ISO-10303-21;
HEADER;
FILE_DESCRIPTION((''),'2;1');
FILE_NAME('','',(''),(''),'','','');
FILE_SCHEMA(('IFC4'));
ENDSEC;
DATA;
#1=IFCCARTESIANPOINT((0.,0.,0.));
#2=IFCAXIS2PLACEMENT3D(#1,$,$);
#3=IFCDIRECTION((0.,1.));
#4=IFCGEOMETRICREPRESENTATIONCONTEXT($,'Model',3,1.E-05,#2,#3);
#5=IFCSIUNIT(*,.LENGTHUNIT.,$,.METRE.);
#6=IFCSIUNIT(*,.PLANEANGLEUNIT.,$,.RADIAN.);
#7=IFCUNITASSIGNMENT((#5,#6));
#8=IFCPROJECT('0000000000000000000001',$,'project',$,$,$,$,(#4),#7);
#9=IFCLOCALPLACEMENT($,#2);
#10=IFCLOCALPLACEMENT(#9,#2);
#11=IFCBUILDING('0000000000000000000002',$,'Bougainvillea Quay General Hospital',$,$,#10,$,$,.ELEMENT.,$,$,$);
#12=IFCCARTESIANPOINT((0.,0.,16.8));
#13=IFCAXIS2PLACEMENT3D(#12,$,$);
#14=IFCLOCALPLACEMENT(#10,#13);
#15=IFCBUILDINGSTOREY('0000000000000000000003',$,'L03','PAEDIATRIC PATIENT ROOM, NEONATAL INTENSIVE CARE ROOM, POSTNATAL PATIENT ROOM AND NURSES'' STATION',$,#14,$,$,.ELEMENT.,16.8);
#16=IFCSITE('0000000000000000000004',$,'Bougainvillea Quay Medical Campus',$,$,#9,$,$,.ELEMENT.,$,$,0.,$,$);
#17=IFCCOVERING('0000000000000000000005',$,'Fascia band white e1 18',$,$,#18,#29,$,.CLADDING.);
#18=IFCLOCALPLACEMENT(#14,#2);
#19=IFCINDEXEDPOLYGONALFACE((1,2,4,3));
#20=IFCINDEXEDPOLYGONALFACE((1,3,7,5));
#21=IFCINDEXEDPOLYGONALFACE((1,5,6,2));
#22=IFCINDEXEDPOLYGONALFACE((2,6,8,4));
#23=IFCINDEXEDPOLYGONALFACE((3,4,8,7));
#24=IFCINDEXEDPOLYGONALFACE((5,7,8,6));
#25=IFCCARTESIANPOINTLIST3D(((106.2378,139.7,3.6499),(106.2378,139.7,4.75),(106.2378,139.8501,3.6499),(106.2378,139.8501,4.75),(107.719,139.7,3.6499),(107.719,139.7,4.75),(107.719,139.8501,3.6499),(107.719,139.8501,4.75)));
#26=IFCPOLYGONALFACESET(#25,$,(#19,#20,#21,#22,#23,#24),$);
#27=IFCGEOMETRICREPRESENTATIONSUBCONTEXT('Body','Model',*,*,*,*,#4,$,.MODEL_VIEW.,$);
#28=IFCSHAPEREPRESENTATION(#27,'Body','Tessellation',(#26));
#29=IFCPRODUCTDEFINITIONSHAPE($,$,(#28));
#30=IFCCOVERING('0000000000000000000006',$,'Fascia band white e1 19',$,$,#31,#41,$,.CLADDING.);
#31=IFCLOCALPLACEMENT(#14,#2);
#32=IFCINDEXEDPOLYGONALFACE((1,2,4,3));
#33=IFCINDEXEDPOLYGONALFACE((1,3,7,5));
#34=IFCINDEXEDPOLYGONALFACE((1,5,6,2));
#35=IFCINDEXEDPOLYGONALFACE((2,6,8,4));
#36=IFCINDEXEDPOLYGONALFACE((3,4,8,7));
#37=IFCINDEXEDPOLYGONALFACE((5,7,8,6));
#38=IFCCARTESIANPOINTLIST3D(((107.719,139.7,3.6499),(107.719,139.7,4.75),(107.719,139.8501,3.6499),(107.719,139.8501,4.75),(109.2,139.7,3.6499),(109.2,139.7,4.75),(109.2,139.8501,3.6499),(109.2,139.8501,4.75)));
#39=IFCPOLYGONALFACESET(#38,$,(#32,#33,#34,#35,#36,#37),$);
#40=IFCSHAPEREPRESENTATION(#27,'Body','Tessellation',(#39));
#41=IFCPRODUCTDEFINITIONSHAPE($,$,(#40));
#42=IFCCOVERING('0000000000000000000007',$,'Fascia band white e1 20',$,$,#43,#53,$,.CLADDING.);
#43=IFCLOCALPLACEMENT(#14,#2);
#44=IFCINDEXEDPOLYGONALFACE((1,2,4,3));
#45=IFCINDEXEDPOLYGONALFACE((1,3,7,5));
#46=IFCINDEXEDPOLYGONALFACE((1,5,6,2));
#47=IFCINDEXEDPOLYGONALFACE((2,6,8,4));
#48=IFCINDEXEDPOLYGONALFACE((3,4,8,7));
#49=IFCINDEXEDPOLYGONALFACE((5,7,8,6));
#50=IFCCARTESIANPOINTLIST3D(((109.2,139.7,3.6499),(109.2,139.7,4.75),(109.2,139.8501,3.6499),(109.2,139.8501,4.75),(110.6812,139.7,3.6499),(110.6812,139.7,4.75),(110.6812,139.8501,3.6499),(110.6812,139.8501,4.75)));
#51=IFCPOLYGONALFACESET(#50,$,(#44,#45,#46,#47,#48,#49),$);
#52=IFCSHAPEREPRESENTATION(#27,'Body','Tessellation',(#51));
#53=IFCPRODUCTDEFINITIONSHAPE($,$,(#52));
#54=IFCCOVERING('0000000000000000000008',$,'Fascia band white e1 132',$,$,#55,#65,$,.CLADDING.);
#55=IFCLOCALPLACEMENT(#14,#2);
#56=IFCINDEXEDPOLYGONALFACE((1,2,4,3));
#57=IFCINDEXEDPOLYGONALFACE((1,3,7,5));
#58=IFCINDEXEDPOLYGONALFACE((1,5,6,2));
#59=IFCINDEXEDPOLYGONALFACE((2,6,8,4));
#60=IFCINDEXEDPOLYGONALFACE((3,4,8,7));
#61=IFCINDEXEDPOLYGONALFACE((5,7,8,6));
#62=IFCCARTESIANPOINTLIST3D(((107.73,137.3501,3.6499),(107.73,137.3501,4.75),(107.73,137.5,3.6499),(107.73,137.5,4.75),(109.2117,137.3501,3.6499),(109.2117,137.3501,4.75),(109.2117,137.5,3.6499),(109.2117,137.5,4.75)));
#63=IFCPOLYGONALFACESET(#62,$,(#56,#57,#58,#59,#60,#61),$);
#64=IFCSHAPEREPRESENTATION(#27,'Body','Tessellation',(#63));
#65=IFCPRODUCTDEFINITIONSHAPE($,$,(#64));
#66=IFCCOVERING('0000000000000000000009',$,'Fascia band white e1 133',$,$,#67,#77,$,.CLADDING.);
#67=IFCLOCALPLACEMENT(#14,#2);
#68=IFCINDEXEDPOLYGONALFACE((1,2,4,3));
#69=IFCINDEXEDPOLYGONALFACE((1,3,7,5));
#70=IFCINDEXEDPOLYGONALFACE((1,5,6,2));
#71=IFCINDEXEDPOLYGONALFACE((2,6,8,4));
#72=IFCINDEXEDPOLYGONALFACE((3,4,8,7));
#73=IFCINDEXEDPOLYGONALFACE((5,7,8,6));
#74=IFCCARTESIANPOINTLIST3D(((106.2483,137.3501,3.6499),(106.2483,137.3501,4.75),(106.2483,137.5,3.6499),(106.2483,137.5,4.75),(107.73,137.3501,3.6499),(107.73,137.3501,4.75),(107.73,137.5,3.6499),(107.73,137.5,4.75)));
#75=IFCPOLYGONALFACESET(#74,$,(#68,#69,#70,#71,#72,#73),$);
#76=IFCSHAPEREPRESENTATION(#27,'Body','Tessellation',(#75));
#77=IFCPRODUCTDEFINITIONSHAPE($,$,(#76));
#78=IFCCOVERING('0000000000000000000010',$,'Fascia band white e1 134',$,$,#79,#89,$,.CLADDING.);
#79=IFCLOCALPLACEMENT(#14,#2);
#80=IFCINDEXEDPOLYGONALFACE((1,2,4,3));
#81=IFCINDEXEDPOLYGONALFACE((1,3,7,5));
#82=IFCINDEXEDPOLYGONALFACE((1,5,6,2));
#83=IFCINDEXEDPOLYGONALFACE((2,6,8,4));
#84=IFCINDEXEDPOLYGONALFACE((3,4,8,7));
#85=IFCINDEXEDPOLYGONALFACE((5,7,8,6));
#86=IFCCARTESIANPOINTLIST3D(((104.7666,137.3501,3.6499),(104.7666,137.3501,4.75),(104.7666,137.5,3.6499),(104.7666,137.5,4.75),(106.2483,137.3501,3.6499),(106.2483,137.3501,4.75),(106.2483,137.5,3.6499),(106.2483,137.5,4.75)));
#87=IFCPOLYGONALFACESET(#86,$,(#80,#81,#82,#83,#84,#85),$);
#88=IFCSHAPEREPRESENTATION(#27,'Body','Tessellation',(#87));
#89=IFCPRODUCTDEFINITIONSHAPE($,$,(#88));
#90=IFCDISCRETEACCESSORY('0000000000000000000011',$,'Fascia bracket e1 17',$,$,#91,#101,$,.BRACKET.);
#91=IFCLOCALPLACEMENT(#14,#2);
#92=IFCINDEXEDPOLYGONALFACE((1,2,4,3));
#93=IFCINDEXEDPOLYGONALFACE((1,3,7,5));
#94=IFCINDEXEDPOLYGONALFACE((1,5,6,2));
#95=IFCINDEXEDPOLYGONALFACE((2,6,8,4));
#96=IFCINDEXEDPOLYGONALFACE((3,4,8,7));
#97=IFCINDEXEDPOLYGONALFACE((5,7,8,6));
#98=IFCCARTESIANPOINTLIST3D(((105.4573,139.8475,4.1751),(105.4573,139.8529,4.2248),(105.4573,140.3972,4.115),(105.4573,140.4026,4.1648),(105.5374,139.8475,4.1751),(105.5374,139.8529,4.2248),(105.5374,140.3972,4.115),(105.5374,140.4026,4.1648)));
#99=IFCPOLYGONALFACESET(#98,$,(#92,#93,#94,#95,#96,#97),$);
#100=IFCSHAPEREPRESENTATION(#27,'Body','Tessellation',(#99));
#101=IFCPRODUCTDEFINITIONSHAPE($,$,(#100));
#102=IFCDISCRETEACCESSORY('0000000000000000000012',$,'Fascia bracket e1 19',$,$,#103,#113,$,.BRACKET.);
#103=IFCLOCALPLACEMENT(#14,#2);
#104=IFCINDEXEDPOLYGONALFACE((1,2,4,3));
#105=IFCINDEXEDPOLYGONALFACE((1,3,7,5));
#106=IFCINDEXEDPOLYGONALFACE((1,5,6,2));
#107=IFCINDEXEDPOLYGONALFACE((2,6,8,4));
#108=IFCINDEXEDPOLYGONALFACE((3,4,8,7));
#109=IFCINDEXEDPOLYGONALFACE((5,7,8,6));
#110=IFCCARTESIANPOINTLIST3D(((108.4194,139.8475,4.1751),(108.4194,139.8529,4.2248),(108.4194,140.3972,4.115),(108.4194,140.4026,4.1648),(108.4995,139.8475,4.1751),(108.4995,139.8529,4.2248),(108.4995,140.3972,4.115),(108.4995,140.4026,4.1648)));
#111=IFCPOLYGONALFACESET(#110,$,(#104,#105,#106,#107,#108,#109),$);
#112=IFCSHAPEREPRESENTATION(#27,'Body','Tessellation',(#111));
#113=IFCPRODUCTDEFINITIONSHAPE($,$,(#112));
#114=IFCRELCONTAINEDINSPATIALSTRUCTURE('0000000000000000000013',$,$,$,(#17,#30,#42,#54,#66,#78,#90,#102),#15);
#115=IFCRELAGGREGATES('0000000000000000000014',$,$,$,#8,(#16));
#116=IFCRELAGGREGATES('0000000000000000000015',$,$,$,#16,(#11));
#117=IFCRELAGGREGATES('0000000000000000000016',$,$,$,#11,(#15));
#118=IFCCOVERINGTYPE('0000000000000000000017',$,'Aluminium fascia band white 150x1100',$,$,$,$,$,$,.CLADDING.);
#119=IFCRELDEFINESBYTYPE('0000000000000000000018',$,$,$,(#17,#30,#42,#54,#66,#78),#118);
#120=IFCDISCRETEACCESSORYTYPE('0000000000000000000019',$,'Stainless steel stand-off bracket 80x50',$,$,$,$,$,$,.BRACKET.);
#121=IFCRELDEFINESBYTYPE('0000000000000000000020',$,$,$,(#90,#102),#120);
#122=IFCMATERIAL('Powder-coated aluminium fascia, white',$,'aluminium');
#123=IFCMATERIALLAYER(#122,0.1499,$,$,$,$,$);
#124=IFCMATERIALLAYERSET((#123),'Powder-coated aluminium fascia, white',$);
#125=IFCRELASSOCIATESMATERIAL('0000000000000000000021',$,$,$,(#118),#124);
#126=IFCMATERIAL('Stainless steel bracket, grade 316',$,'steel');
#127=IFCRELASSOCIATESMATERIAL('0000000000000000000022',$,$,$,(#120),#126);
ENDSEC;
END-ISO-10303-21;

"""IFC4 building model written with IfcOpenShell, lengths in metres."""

from ifc_helpers import new_model, si_unit, direction, frame, origin, origin_2d, place, context, subcontext, project, spatial, polyline, rectangle, outline, extrude, material, layer, layer_set, material_profile, profile_set, type_object, element, save


model = new_model("IFC4")

# Units and contexts
model_context = context("Model", 3, precision=1e-05, world=origin(), true_north=direction((0.0, 1.0)))
body_context = subcontext(model_context, "Body", "Model", "MODEL_VIEW")
ifc_project = project(units=[si_unit("LENGTHUNIT", "METRE"), si_unit("PLANEANGLEUNIT", "RADIAN")], contexts=[model_context])

# Site, building, storey
site_placement = place(None, origin())
site = spatial("IfcSite", under=ifc_project, at=site_placement, Name="Bougainvillea Quay Medical Campus", CompositionType="ELEMENT", RefElevation=0.0)
building_placement = place(site_placement, origin())
building = spatial("IfcBuilding", under=site, at=building_placement, Name="Bougainvillea Quay General Hospital", CompositionType="ELEMENT")
storey_placement = place(building_placement, frame((0.0, 0.0, 16.8)))
storey = spatial("IfcBuildingStorey", under=building, at=storey_placement, Name="L03", Description="PAEDIATRIC PATIENT ROOM, NEONATAL INTENSIVE CARE ROOM, POSTNATAL PATIENT ROOM AND NURSES' STATION", CompositionType="ELEMENT", Elevation=16.8)

# Coverings
ifc_material_1 = material(Name="Powder-coated aluminium fascia, white", Category="aluminium")
ifc_layer_1 = layer(ifc_material_1, 0.1499)
ifc_layer_set_1 = layer_set([ifc_layer_1], Name="Powder-coated aluminium fascia, white")
covering_type = type_object("IfcCoveringType", Name="Aluminium fascia band white 150x1100", PredefinedType="CLADDING", material=ifc_layer_set_1)
covering_1_placement = place(storey_placement, frame((106.2378, 139.8501, 3.6499), z_axis=(0.0, 0.0, 1.0), x_axis=(1.0, 0.0, 0.0)))
element("IfcCovering", 1, at=covering_1_placement, inside=storey, type_object=covering_type, Name="Fascia band white e1 18", PredefinedType="CLADDING", context=body_context, shape_type="SweptSolid", body=[
    extrude(outline(polyline([(0.0, 0.0), (1.4812, 0.0), (1.4812, -0.1501), (0.0, -0.1501), (0.0, 0.0)])), origin(), (0.0, 0.0, 1.0), 1.1001),
])
covering_2_placement = place(storey_placement, frame((107.719, 139.8501, 3.6499), z_axis=(0.0, 0.0, 1.0), x_axis=(1.0, 0.0, 0.0)))
element("IfcCovering", 2, at=covering_2_placement, inside=storey, type_object=covering_type, Name="Fascia band white e1 19", PredefinedType="CLADDING", context=body_context, shape_type="SweptSolid", body=[
    extrude(outline(polyline([(0.0, 0.0), (1.481, 0.0), (1.481, -0.1501), (0.0, -0.1501), (0.0, 0.0)])), origin(), (0.0, 0.0, 1.0), 1.1001),
])
covering_3_placement = place(storey_placement, frame((109.2, 139.8501, 3.6499), z_axis=(0.0, 0.0, 1.0), x_axis=(1.0, 0.0, 0.0)))
element("IfcCovering", 3, at=covering_3_placement, inside=storey, type_object=covering_type, Name="Fascia band white e1 20", PredefinedType="CLADDING", context=body_context, shape_type="SweptSolid", body=[
    extrude(outline(polyline([(0.0, 0.0), (1.4812, 0.0), (1.4812, -0.1501), (0.0, -0.1501), (0.0, 0.0)])), origin(), (0.0, 0.0, 1.0), 1.1001),
])
for number, where, z_axis, x_axis, name in (
    (4, (109.2117, 137.3501, 3.6499), (0.0, 0.0, 1.0), (-1.0, 0.0, 0.0), "Fascia band white e1 132"),
    (5, (107.73, 137.3501, 3.6499), (0.0, 0.0, 1.0), (-1.0, 0.0, 0.0), "Fascia band white e1 133"),
    (6, (106.2483, 137.3501, 3.6499), (0.0, 0.0, 1.0), (-1.0, 0.0, 0.0), "Fascia band white e1 134"),
):
    element("IfcCovering", number, at=place(storey_placement, frame(where, z_axis=z_axis, x_axis=x_axis)), inside=storey, type_object=covering_type, Name=name, PredefinedType="CLADDING", context=body_context, shape_type="SweptSolid", body=[
        extrude(outline(polyline([(0.0, 0.0), (1.4817, 0.0), (1.4817, -0.1499), (0.0, -0.1499), (0.0, 0.0)])), origin(), (0.0, 0.0, 1.0), 1.1001),
    ])

# Discrete accessories
ifc_material_2 = material(Name="Stainless steel bracket, grade 316", Category="steel")
ifc_material_profile_1 = material_profile(ifc_material_2, rectangle(XDim=0.0801, YDim=0.05, at=origin_2d()))
ifc_profile_set_1 = profile_set([ifc_material_profile_1], Name="Stainless steel bracket, grade 316")
discrete_accessory_type = type_object("IfcDiscreteAccessoryType", Name="Stainless steel stand-off bracket 80x50", PredefinedType="BRACKET", material=ifc_profile_set_1)
for number, where, z_axis, x_axis, name in (
    (7, (105.4973, 140.3999, 4.1399), (0.0, -0.994087, 0.10859), (1.0, 0.0, 0.0), "Fascia bracket e1 17"),
    (8, (108.4595, 140.3999, 4.1399), (0.0, -0.994087, 0.10859), (1.0, 0.0, 0.0), "Fascia bracket e1 19"),
):
    element("IfcDiscreteAccessory", number, at=place(storey_placement, frame(where, z_axis=z_axis, x_axis=x_axis)), inside=storey, type_object=discrete_accessory_type, Name=name, PredefinedType="BRACKET", context=body_context, shape_type="SweptSolid", body=[
        extrude(rectangle(XDim=0.0801, YDim=0.05, at=origin_2d()), origin(), (0.0, 0.0, 1.0), 0.553),
    ])

save(model, "model.ifc")
